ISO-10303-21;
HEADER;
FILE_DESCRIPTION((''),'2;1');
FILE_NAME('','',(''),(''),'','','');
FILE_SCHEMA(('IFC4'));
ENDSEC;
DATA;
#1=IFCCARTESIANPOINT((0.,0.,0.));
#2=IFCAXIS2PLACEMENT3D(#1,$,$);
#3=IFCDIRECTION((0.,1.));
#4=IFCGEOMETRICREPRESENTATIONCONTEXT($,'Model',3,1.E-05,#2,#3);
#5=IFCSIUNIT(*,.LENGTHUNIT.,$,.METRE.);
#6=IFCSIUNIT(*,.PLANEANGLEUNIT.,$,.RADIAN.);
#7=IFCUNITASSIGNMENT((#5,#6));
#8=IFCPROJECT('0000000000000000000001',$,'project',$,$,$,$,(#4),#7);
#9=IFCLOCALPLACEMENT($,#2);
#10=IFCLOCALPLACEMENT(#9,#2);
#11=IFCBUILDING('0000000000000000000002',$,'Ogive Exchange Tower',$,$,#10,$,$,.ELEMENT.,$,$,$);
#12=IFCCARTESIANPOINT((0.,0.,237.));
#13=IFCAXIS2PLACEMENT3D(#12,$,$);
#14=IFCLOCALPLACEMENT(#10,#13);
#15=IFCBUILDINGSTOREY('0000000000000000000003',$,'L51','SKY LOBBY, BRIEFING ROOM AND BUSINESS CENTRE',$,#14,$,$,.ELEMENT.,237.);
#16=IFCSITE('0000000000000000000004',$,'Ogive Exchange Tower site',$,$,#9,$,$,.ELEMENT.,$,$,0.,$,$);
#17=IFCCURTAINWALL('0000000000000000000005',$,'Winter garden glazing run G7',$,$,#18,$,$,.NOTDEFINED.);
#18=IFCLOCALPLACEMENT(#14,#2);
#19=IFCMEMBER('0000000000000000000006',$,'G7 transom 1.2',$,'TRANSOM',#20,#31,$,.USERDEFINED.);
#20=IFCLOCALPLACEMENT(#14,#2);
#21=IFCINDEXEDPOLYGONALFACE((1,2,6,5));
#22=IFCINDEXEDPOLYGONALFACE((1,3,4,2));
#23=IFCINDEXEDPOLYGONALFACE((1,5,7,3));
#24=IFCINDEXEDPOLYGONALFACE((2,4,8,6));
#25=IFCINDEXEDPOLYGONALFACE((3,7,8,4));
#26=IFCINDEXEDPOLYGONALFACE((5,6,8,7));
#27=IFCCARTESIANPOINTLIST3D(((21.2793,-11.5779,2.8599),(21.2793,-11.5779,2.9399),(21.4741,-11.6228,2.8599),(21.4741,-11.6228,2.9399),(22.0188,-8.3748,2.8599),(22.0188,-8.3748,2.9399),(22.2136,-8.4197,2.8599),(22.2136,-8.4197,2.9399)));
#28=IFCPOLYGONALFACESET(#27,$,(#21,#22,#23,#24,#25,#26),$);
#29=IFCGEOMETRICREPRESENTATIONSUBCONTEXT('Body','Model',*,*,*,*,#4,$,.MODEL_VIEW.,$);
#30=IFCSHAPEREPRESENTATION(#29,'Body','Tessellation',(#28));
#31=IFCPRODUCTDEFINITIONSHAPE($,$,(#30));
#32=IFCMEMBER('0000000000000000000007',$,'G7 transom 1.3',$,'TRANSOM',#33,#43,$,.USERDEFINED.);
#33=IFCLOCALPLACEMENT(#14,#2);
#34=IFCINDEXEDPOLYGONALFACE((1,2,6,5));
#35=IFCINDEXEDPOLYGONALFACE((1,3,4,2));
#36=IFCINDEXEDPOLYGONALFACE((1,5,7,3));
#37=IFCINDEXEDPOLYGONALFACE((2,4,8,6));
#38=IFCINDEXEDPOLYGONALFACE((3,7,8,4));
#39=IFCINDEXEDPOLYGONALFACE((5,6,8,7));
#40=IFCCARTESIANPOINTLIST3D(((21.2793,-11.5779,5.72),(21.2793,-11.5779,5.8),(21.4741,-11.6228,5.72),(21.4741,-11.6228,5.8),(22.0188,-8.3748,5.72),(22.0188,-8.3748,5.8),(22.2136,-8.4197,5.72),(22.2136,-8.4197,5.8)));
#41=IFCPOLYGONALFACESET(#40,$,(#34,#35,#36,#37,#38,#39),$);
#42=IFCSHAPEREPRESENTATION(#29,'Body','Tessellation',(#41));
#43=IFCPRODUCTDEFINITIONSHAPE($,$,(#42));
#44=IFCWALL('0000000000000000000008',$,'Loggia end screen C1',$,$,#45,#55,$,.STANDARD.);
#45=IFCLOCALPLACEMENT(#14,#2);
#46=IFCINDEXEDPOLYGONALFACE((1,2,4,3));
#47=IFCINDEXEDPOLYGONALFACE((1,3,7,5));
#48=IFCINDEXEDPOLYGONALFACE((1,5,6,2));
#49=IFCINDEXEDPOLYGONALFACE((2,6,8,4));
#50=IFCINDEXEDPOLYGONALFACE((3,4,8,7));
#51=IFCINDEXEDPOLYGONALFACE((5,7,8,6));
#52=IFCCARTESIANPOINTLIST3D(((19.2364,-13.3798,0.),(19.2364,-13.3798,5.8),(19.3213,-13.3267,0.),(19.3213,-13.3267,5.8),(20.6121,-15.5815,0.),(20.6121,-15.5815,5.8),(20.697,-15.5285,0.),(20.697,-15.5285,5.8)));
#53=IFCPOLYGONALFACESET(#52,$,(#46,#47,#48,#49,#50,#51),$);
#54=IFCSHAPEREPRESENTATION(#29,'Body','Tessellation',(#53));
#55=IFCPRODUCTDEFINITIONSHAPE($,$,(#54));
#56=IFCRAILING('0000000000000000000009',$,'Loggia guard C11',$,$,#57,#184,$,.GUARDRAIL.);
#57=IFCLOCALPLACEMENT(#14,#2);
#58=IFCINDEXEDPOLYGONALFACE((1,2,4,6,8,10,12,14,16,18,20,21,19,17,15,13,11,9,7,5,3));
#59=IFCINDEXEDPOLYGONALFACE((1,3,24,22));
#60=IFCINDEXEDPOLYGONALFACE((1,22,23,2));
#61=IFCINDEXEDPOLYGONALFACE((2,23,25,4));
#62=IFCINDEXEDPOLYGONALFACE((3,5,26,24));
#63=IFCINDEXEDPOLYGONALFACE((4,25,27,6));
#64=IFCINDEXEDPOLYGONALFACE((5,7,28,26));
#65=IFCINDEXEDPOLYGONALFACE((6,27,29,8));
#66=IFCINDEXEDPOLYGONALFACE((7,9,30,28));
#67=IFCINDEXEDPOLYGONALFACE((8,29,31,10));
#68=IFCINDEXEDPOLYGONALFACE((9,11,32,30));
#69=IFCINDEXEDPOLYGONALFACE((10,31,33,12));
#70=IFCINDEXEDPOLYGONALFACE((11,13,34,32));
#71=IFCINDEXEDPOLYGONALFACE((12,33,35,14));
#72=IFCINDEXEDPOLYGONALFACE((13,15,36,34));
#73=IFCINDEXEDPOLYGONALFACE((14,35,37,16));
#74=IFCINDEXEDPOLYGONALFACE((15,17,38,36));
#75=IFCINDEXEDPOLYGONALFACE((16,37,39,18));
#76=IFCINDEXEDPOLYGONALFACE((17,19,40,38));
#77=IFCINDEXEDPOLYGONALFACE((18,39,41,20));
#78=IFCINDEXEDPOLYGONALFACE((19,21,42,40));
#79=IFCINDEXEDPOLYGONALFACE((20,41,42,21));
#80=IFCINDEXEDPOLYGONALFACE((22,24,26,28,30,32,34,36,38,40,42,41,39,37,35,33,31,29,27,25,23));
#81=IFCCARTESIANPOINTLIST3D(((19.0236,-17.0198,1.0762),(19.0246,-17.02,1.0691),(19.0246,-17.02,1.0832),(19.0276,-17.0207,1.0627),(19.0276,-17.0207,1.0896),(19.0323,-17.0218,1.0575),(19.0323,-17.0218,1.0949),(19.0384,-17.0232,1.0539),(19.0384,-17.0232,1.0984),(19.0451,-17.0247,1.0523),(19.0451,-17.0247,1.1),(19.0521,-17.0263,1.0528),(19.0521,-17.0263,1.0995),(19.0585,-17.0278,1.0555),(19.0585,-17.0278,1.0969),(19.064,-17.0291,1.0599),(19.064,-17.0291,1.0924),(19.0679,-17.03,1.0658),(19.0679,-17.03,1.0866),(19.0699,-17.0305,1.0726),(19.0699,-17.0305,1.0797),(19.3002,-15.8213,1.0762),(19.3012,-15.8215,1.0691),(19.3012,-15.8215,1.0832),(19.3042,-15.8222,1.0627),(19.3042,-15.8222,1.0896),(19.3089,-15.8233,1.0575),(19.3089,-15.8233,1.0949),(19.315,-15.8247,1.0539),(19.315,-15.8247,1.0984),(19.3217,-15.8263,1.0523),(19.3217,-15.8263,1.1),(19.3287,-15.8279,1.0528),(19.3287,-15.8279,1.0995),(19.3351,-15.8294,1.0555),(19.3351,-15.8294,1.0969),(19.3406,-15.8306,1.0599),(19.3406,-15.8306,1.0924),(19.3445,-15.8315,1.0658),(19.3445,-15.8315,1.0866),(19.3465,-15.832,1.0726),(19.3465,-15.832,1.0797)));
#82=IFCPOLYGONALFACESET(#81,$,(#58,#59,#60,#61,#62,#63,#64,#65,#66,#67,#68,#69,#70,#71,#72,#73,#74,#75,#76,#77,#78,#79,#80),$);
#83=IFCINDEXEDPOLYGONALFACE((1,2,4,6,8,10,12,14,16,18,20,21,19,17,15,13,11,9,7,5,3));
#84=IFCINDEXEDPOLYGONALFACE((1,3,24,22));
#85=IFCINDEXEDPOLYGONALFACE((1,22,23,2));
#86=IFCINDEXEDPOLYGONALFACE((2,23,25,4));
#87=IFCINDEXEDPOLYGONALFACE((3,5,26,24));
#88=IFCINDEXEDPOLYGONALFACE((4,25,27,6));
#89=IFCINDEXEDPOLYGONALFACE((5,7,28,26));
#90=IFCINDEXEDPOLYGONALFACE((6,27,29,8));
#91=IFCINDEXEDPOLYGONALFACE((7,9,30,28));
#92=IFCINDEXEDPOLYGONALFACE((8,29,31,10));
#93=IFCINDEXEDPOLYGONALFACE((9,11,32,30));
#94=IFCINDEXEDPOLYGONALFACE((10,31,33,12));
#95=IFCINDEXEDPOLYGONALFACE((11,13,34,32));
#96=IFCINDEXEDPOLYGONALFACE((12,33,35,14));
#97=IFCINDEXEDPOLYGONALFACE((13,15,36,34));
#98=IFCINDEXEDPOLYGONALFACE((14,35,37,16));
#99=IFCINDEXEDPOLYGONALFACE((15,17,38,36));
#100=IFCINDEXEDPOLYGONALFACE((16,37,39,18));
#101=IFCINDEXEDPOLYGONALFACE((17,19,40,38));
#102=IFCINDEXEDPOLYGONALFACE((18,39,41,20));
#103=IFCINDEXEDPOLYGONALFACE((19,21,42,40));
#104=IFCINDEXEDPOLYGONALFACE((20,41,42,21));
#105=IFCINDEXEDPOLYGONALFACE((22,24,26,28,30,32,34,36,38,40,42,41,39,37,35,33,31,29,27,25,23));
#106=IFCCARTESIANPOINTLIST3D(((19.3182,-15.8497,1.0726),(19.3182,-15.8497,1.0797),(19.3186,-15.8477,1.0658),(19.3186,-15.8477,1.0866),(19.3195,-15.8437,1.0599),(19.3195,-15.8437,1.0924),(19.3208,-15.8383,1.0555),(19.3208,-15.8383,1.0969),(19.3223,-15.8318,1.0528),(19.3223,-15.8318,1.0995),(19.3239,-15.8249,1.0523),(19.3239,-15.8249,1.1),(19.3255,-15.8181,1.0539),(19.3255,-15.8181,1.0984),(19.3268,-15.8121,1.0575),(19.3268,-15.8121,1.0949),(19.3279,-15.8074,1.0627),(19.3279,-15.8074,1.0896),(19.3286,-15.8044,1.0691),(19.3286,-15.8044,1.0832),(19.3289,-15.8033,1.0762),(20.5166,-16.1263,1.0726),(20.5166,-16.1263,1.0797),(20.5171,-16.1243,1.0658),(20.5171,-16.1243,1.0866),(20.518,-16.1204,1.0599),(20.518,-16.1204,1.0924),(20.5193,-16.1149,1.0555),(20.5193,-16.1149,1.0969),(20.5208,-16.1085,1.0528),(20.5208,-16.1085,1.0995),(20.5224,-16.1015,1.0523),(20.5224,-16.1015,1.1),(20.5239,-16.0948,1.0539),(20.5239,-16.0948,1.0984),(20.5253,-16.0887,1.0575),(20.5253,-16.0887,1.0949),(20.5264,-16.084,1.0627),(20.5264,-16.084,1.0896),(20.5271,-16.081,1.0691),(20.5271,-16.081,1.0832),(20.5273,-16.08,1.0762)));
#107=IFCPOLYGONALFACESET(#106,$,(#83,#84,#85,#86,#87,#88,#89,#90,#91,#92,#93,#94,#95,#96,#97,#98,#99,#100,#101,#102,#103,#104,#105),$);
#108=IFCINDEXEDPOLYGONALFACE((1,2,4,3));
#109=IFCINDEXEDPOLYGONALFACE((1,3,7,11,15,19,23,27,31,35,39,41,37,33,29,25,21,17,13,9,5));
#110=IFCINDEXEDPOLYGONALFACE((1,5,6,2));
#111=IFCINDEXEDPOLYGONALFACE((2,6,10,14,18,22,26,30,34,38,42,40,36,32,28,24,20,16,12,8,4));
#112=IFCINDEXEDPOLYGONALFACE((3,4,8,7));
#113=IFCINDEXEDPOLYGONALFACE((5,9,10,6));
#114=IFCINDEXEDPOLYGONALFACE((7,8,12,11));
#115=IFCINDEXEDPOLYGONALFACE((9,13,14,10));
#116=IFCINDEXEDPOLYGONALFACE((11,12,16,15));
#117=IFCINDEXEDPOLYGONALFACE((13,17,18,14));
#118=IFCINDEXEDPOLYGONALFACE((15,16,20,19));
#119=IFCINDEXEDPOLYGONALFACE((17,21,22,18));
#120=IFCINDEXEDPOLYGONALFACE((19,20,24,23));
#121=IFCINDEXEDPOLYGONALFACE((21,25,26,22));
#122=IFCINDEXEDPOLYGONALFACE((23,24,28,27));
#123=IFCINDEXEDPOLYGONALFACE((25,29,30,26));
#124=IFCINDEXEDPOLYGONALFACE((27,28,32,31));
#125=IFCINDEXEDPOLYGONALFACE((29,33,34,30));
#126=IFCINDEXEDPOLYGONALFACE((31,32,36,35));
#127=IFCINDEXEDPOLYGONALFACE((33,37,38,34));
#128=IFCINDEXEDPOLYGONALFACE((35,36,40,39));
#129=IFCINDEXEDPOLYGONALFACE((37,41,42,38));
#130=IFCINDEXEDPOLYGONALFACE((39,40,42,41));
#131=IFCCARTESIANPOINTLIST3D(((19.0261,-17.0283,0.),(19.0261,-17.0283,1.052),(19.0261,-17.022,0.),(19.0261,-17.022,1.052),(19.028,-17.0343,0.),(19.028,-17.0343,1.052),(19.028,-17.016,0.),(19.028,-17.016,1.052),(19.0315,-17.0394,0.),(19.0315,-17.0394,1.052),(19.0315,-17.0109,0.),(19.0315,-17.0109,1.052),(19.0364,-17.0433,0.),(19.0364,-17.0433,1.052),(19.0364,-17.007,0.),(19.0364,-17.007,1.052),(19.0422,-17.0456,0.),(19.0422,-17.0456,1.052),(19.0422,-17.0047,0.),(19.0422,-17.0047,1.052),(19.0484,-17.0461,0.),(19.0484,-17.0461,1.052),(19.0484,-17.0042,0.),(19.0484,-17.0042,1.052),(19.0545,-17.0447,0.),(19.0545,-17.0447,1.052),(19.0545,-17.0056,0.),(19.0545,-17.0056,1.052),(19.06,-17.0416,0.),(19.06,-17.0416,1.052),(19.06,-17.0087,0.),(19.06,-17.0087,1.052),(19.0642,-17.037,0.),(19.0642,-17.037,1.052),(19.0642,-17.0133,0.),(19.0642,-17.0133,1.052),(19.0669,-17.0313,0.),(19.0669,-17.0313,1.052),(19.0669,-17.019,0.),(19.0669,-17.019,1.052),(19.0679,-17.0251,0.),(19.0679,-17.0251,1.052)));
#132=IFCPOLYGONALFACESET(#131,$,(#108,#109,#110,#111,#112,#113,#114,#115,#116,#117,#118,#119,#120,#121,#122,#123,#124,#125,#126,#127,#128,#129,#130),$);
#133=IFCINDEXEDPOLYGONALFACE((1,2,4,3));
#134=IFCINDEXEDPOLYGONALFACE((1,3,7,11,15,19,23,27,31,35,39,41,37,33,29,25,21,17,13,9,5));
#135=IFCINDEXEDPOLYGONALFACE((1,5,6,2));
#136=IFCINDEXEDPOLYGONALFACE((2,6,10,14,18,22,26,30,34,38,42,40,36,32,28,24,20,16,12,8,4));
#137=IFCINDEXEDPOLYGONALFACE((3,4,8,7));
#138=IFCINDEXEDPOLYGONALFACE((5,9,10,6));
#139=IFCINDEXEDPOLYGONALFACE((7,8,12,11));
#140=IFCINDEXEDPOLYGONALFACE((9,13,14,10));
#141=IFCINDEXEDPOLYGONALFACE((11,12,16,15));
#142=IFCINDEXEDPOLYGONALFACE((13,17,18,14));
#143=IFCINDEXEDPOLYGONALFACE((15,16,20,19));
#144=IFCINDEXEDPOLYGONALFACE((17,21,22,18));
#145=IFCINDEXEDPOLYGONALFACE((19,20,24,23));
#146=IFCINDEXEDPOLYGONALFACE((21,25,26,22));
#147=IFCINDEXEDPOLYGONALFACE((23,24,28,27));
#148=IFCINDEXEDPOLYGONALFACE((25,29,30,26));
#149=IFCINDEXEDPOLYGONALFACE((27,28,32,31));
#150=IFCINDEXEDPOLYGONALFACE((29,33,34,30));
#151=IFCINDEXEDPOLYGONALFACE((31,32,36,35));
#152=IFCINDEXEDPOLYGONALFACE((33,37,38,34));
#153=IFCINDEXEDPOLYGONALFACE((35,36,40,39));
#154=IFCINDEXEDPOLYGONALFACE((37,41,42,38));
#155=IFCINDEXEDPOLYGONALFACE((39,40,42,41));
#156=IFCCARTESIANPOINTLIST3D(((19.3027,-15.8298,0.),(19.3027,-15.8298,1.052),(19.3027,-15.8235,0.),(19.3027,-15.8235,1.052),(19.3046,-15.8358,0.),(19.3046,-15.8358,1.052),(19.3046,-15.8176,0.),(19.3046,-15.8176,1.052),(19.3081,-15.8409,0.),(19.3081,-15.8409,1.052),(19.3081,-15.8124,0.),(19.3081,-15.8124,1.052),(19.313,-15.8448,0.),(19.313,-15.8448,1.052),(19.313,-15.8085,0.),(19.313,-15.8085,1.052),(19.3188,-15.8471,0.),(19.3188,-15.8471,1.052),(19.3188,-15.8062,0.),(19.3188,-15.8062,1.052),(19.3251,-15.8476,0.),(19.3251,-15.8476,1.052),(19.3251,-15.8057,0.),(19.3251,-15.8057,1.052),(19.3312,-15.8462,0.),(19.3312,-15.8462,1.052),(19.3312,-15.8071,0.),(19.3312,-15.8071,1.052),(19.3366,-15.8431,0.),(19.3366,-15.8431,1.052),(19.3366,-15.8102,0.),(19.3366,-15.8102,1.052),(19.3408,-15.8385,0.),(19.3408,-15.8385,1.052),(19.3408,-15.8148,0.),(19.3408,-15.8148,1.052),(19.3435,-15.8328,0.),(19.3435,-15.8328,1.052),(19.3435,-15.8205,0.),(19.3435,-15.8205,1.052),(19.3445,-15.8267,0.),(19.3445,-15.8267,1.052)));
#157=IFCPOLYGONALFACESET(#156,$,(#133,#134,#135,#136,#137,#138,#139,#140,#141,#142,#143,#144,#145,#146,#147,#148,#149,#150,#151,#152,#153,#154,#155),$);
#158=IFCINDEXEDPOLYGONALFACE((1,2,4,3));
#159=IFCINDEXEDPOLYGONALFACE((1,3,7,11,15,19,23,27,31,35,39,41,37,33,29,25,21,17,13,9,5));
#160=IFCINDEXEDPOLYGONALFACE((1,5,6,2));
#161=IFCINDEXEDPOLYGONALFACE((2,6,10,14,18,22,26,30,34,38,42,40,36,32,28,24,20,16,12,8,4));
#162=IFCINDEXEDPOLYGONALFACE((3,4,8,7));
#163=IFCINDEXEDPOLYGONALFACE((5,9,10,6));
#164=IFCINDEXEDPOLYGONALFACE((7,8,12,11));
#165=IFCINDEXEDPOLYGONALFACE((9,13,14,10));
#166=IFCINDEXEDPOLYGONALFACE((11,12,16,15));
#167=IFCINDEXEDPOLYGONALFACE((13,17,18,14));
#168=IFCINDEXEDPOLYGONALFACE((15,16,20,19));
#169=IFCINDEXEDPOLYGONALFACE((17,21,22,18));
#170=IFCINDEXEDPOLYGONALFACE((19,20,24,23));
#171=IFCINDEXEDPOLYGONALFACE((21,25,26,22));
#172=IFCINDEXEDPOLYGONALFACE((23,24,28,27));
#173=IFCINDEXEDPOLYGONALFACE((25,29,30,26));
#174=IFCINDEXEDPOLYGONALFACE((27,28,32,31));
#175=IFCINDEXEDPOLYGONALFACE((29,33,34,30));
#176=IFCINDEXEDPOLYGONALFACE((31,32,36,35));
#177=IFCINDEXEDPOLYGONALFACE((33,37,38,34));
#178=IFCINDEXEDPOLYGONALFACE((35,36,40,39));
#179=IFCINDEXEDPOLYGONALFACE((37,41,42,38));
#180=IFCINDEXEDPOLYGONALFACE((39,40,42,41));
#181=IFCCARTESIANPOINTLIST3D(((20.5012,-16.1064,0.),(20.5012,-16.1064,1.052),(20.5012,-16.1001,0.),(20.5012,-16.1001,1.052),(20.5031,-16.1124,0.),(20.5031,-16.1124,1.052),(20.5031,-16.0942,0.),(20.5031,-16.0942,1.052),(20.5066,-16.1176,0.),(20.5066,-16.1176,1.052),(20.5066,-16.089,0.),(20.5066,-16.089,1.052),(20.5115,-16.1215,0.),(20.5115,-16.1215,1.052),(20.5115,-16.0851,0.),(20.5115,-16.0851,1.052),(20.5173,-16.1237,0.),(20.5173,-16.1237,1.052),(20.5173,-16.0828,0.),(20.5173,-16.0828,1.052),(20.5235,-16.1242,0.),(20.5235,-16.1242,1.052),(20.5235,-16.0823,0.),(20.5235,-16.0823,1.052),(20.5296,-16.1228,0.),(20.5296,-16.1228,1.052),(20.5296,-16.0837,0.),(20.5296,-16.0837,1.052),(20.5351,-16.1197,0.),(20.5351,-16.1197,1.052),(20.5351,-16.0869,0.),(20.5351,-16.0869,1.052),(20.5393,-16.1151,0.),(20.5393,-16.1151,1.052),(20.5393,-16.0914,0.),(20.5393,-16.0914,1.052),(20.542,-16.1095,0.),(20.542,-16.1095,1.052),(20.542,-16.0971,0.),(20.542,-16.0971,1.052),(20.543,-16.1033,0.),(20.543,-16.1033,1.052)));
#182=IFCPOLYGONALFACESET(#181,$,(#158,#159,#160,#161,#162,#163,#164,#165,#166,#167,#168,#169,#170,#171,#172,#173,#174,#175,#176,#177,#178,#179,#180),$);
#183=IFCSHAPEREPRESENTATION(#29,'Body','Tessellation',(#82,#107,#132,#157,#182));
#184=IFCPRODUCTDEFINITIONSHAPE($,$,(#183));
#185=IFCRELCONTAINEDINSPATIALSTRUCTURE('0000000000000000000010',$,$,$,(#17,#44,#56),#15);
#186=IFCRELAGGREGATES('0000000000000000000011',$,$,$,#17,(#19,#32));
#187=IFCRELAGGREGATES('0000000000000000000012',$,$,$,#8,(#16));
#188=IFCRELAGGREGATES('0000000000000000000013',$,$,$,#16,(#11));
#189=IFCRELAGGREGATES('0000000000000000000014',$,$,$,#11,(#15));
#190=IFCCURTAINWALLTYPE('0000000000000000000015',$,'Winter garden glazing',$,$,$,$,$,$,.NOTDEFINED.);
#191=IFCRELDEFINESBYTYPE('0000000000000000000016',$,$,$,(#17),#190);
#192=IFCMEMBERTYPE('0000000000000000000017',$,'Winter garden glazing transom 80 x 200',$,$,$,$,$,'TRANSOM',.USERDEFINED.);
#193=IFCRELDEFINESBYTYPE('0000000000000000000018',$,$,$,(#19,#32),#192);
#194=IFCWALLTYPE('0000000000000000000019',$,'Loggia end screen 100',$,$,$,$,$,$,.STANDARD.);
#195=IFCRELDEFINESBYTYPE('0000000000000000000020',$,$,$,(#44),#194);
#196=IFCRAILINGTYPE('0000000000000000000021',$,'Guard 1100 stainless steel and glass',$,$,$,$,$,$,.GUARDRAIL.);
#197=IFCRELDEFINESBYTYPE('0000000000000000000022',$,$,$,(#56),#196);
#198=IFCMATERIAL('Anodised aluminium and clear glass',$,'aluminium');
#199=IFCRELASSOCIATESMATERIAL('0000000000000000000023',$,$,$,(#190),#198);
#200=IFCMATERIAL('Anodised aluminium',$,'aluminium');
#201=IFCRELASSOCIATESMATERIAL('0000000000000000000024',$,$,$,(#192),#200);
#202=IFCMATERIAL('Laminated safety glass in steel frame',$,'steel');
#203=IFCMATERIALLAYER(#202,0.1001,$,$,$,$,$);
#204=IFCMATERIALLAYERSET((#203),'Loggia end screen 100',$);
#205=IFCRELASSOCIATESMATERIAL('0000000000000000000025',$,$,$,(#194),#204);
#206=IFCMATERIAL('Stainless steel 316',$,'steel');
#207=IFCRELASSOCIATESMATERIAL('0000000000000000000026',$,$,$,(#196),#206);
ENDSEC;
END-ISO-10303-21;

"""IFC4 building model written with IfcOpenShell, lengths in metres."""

from ifc_helpers import new_model, si_unit, direction, frame, frame_2d, origin, origin_2d, place, context, subcontext, project, spatial, rectangle, circle, extrude, material, layer, layer_set, material_profile, profile_set, type_object, element, aggregate, save


model = new_model("IFC4")

# Units and contexts
model_context = context("Model", 3, precision=1e-05, world=origin(), true_north=direction((0.0, 1.0)))
body_context = subcontext(model_context, "Body", "Model", "MODEL_VIEW")
ifc_project = project(units=[si_unit("LENGTHUNIT", "METRE"), si_unit("PLANEANGLEUNIT", "RADIAN")], contexts=[model_context])

# Site, building, storey
site_placement = place(None, origin())
site = spatial("IfcSite", under=ifc_project, at=site_placement, Name="Ogive Exchange Tower site", CompositionType="ELEMENT", RefElevation=0.0)
building_placement = place(site_placement, origin())
building = spatial("IfcBuilding", under=site, at=building_placement, Name="Ogive Exchange Tower", CompositionType="ELEMENT")
storey_placement = place(building_placement, frame((0.0, 0.0, 237.0)))
storey = spatial("IfcBuildingStorey", under=building, at=storey_placement, Name="L51", Description="SKY LOBBY, BRIEFING ROOM AND BUSINESS CENTRE", CompositionType="ELEMENT", Elevation=237.0)

# Curtain wall, members
ifc_material_1 = material(Name="Anodised aluminium and clear glass", Category="aluminium")
curtain_wall_type = type_object("IfcCurtainWallType", Name="Winter garden glazing", PredefinedType="NOTDEFINED", material=ifc_material_1)
curtain_wall_placement = place(storey_placement, origin())
curtain_wall = element("IfcCurtainWall", 1, at=curtain_wall_placement, inside=storey, type_object=curtain_wall_type, Name="Winter garden glazing run G7", PredefinedType="NOTDEFINED")
ifc_material_2 = material(Name="Anodised aluminium", Category="aluminium")
ifc_material_profile_1 = material_profile(ifc_material_2, rectangle(XDim=0.2, YDim=0.0801, at=origin_2d()), Name="AL 80x200")
ifc_profile_set_1 = profile_set([ifc_material_profile_1], Name="Anodised aluminium")
member_type_1 = type_object("IfcMemberType", Name="Winter garden glazing transom 80 x 200", ElementType="TRANSOM", PredefinedType="USERDEFINED", material=ifc_profile_set_1)
member_1_placement = place(storey_placement, frame((21.3767, -11.6003, 2.8999), z_axis=(0.224952, 0.97437, 0.0), x_axis=(-0.97437, 0.224952, 0.0)))
member_1 = element("IfcMember", 2, at=member_1_placement, type_object=member_type_1, Name="G7 transom 1.2", ObjectType="TRANSOM", PredefinedType="USERDEFINED", context=body_context, shape_type="SweptSolid", body=[
    extrude(rectangle(XDim=0.2, YDim=0.0801, at=origin_2d()), origin(), (0.0, 0.0, 1.0), 3.2874),
])
member_2_placement = place(storey_placement, frame((21.3767, -11.6003, 5.76), z_axis=(0.224952, 0.97437, 0.0), x_axis=(-0.97437, 0.224952, 0.0)))
member_2 = element("IfcMember", 3, at=member_2_placement, type_object=member_type_1, Name="G7 transom 1.3", ObjectType="TRANSOM", PredefinedType="USERDEFINED", context=body_context, shape_type="SweptSolid", body=[
    extrude(rectangle(XDim=0.2, YDim=0.0801, at=origin_2d()), origin(), (0.0, 0.0, 1.0), 3.2874),
])
aggregate(curtain_wall, [member_1, member_2])

# Wall
ifc_material_3 = material(Name="Laminated safety glass in steel frame", Category="steel")
ifc_layer = layer(ifc_material_3, 0.1001)
ifc_layer_set = layer_set([ifc_layer], Name="Loggia end screen 100")
wall_type = type_object("IfcWallType", Name="Loggia end screen 100", PredefinedType="STANDARD", material=ifc_layer_set)
wall_placement = place(storey_placement, frame((19.2788, -13.3533, 0.0), z_axis=(0.0, 0.0, 1.0), x_axis=(0.529914, -0.848051, 0.0)))
element("IfcWall", 4, at=wall_placement, inside=storey, type_object=wall_type, Name="Loggia end screen C1", PredefinedType="STANDARD", context=body_context, shape_type="SweptSolid", body=[
    extrude(rectangle(XDim=2.5962, YDim=0.1001, at=frame_2d((1.2981, 0.0))), origin(), (0.0, 0.0, 1.0), 5.8),
])

# Railing
ifc_material_4 = material(Name="Stainless steel 316", Category="steel")
railing_type_1 = type_object("IfcRailingType", Name="Guard 1100 stainless steel and glass", PredefinedType="GUARDRAIL", material=ifc_material_4)
railing_1_placement = place(storey_placement, frame((19.0469, -17.0251, 0.0)))
element("IfcRailing", 5, at=railing_1_placement, inside=storey, type_object=railing_type_1, Name="Loggia guard C11", PredefinedType="GUARDRAIL", context=body_context, shape_type="SweptSolid", body=[
    extrude(circle(Radius=0.0239, at=origin_2d()), frame((0.0, 0.0, 1.0762), z_axis=(0.224888, 0.974385, 0.0), x_axis=(-0.974385, 0.224888, 0.0)), (0.0, 0.0, 1.0), 1.23),
    extrude(circle(Radius=0.0239, at=origin_2d()), frame((0.2766, 1.1985, 1.0762), z_axis=(0.974385, -0.224888, 0.0), x_axis=(0.224888, 0.974385, 0.0)), (0.0, 0.0, 1.0), 1.23),
    extrude(circle(Radius=0.021, at=origin_2d()), origin(), (0.0, 0.0, 1.0), 1.052),
    extrude(circle(Radius=0.021, at=origin_2d()), frame((0.2766, 1.1985, 0.0)), (0.0, 0.0, 1.0), 1.052),
    extrude(circle(Radius=0.021, at=origin_2d()), frame((1.4751, 0.9219, 0.0)), (0.0, 0.0, 1.0), 1.052),
])

save(model, "model.ifc")
